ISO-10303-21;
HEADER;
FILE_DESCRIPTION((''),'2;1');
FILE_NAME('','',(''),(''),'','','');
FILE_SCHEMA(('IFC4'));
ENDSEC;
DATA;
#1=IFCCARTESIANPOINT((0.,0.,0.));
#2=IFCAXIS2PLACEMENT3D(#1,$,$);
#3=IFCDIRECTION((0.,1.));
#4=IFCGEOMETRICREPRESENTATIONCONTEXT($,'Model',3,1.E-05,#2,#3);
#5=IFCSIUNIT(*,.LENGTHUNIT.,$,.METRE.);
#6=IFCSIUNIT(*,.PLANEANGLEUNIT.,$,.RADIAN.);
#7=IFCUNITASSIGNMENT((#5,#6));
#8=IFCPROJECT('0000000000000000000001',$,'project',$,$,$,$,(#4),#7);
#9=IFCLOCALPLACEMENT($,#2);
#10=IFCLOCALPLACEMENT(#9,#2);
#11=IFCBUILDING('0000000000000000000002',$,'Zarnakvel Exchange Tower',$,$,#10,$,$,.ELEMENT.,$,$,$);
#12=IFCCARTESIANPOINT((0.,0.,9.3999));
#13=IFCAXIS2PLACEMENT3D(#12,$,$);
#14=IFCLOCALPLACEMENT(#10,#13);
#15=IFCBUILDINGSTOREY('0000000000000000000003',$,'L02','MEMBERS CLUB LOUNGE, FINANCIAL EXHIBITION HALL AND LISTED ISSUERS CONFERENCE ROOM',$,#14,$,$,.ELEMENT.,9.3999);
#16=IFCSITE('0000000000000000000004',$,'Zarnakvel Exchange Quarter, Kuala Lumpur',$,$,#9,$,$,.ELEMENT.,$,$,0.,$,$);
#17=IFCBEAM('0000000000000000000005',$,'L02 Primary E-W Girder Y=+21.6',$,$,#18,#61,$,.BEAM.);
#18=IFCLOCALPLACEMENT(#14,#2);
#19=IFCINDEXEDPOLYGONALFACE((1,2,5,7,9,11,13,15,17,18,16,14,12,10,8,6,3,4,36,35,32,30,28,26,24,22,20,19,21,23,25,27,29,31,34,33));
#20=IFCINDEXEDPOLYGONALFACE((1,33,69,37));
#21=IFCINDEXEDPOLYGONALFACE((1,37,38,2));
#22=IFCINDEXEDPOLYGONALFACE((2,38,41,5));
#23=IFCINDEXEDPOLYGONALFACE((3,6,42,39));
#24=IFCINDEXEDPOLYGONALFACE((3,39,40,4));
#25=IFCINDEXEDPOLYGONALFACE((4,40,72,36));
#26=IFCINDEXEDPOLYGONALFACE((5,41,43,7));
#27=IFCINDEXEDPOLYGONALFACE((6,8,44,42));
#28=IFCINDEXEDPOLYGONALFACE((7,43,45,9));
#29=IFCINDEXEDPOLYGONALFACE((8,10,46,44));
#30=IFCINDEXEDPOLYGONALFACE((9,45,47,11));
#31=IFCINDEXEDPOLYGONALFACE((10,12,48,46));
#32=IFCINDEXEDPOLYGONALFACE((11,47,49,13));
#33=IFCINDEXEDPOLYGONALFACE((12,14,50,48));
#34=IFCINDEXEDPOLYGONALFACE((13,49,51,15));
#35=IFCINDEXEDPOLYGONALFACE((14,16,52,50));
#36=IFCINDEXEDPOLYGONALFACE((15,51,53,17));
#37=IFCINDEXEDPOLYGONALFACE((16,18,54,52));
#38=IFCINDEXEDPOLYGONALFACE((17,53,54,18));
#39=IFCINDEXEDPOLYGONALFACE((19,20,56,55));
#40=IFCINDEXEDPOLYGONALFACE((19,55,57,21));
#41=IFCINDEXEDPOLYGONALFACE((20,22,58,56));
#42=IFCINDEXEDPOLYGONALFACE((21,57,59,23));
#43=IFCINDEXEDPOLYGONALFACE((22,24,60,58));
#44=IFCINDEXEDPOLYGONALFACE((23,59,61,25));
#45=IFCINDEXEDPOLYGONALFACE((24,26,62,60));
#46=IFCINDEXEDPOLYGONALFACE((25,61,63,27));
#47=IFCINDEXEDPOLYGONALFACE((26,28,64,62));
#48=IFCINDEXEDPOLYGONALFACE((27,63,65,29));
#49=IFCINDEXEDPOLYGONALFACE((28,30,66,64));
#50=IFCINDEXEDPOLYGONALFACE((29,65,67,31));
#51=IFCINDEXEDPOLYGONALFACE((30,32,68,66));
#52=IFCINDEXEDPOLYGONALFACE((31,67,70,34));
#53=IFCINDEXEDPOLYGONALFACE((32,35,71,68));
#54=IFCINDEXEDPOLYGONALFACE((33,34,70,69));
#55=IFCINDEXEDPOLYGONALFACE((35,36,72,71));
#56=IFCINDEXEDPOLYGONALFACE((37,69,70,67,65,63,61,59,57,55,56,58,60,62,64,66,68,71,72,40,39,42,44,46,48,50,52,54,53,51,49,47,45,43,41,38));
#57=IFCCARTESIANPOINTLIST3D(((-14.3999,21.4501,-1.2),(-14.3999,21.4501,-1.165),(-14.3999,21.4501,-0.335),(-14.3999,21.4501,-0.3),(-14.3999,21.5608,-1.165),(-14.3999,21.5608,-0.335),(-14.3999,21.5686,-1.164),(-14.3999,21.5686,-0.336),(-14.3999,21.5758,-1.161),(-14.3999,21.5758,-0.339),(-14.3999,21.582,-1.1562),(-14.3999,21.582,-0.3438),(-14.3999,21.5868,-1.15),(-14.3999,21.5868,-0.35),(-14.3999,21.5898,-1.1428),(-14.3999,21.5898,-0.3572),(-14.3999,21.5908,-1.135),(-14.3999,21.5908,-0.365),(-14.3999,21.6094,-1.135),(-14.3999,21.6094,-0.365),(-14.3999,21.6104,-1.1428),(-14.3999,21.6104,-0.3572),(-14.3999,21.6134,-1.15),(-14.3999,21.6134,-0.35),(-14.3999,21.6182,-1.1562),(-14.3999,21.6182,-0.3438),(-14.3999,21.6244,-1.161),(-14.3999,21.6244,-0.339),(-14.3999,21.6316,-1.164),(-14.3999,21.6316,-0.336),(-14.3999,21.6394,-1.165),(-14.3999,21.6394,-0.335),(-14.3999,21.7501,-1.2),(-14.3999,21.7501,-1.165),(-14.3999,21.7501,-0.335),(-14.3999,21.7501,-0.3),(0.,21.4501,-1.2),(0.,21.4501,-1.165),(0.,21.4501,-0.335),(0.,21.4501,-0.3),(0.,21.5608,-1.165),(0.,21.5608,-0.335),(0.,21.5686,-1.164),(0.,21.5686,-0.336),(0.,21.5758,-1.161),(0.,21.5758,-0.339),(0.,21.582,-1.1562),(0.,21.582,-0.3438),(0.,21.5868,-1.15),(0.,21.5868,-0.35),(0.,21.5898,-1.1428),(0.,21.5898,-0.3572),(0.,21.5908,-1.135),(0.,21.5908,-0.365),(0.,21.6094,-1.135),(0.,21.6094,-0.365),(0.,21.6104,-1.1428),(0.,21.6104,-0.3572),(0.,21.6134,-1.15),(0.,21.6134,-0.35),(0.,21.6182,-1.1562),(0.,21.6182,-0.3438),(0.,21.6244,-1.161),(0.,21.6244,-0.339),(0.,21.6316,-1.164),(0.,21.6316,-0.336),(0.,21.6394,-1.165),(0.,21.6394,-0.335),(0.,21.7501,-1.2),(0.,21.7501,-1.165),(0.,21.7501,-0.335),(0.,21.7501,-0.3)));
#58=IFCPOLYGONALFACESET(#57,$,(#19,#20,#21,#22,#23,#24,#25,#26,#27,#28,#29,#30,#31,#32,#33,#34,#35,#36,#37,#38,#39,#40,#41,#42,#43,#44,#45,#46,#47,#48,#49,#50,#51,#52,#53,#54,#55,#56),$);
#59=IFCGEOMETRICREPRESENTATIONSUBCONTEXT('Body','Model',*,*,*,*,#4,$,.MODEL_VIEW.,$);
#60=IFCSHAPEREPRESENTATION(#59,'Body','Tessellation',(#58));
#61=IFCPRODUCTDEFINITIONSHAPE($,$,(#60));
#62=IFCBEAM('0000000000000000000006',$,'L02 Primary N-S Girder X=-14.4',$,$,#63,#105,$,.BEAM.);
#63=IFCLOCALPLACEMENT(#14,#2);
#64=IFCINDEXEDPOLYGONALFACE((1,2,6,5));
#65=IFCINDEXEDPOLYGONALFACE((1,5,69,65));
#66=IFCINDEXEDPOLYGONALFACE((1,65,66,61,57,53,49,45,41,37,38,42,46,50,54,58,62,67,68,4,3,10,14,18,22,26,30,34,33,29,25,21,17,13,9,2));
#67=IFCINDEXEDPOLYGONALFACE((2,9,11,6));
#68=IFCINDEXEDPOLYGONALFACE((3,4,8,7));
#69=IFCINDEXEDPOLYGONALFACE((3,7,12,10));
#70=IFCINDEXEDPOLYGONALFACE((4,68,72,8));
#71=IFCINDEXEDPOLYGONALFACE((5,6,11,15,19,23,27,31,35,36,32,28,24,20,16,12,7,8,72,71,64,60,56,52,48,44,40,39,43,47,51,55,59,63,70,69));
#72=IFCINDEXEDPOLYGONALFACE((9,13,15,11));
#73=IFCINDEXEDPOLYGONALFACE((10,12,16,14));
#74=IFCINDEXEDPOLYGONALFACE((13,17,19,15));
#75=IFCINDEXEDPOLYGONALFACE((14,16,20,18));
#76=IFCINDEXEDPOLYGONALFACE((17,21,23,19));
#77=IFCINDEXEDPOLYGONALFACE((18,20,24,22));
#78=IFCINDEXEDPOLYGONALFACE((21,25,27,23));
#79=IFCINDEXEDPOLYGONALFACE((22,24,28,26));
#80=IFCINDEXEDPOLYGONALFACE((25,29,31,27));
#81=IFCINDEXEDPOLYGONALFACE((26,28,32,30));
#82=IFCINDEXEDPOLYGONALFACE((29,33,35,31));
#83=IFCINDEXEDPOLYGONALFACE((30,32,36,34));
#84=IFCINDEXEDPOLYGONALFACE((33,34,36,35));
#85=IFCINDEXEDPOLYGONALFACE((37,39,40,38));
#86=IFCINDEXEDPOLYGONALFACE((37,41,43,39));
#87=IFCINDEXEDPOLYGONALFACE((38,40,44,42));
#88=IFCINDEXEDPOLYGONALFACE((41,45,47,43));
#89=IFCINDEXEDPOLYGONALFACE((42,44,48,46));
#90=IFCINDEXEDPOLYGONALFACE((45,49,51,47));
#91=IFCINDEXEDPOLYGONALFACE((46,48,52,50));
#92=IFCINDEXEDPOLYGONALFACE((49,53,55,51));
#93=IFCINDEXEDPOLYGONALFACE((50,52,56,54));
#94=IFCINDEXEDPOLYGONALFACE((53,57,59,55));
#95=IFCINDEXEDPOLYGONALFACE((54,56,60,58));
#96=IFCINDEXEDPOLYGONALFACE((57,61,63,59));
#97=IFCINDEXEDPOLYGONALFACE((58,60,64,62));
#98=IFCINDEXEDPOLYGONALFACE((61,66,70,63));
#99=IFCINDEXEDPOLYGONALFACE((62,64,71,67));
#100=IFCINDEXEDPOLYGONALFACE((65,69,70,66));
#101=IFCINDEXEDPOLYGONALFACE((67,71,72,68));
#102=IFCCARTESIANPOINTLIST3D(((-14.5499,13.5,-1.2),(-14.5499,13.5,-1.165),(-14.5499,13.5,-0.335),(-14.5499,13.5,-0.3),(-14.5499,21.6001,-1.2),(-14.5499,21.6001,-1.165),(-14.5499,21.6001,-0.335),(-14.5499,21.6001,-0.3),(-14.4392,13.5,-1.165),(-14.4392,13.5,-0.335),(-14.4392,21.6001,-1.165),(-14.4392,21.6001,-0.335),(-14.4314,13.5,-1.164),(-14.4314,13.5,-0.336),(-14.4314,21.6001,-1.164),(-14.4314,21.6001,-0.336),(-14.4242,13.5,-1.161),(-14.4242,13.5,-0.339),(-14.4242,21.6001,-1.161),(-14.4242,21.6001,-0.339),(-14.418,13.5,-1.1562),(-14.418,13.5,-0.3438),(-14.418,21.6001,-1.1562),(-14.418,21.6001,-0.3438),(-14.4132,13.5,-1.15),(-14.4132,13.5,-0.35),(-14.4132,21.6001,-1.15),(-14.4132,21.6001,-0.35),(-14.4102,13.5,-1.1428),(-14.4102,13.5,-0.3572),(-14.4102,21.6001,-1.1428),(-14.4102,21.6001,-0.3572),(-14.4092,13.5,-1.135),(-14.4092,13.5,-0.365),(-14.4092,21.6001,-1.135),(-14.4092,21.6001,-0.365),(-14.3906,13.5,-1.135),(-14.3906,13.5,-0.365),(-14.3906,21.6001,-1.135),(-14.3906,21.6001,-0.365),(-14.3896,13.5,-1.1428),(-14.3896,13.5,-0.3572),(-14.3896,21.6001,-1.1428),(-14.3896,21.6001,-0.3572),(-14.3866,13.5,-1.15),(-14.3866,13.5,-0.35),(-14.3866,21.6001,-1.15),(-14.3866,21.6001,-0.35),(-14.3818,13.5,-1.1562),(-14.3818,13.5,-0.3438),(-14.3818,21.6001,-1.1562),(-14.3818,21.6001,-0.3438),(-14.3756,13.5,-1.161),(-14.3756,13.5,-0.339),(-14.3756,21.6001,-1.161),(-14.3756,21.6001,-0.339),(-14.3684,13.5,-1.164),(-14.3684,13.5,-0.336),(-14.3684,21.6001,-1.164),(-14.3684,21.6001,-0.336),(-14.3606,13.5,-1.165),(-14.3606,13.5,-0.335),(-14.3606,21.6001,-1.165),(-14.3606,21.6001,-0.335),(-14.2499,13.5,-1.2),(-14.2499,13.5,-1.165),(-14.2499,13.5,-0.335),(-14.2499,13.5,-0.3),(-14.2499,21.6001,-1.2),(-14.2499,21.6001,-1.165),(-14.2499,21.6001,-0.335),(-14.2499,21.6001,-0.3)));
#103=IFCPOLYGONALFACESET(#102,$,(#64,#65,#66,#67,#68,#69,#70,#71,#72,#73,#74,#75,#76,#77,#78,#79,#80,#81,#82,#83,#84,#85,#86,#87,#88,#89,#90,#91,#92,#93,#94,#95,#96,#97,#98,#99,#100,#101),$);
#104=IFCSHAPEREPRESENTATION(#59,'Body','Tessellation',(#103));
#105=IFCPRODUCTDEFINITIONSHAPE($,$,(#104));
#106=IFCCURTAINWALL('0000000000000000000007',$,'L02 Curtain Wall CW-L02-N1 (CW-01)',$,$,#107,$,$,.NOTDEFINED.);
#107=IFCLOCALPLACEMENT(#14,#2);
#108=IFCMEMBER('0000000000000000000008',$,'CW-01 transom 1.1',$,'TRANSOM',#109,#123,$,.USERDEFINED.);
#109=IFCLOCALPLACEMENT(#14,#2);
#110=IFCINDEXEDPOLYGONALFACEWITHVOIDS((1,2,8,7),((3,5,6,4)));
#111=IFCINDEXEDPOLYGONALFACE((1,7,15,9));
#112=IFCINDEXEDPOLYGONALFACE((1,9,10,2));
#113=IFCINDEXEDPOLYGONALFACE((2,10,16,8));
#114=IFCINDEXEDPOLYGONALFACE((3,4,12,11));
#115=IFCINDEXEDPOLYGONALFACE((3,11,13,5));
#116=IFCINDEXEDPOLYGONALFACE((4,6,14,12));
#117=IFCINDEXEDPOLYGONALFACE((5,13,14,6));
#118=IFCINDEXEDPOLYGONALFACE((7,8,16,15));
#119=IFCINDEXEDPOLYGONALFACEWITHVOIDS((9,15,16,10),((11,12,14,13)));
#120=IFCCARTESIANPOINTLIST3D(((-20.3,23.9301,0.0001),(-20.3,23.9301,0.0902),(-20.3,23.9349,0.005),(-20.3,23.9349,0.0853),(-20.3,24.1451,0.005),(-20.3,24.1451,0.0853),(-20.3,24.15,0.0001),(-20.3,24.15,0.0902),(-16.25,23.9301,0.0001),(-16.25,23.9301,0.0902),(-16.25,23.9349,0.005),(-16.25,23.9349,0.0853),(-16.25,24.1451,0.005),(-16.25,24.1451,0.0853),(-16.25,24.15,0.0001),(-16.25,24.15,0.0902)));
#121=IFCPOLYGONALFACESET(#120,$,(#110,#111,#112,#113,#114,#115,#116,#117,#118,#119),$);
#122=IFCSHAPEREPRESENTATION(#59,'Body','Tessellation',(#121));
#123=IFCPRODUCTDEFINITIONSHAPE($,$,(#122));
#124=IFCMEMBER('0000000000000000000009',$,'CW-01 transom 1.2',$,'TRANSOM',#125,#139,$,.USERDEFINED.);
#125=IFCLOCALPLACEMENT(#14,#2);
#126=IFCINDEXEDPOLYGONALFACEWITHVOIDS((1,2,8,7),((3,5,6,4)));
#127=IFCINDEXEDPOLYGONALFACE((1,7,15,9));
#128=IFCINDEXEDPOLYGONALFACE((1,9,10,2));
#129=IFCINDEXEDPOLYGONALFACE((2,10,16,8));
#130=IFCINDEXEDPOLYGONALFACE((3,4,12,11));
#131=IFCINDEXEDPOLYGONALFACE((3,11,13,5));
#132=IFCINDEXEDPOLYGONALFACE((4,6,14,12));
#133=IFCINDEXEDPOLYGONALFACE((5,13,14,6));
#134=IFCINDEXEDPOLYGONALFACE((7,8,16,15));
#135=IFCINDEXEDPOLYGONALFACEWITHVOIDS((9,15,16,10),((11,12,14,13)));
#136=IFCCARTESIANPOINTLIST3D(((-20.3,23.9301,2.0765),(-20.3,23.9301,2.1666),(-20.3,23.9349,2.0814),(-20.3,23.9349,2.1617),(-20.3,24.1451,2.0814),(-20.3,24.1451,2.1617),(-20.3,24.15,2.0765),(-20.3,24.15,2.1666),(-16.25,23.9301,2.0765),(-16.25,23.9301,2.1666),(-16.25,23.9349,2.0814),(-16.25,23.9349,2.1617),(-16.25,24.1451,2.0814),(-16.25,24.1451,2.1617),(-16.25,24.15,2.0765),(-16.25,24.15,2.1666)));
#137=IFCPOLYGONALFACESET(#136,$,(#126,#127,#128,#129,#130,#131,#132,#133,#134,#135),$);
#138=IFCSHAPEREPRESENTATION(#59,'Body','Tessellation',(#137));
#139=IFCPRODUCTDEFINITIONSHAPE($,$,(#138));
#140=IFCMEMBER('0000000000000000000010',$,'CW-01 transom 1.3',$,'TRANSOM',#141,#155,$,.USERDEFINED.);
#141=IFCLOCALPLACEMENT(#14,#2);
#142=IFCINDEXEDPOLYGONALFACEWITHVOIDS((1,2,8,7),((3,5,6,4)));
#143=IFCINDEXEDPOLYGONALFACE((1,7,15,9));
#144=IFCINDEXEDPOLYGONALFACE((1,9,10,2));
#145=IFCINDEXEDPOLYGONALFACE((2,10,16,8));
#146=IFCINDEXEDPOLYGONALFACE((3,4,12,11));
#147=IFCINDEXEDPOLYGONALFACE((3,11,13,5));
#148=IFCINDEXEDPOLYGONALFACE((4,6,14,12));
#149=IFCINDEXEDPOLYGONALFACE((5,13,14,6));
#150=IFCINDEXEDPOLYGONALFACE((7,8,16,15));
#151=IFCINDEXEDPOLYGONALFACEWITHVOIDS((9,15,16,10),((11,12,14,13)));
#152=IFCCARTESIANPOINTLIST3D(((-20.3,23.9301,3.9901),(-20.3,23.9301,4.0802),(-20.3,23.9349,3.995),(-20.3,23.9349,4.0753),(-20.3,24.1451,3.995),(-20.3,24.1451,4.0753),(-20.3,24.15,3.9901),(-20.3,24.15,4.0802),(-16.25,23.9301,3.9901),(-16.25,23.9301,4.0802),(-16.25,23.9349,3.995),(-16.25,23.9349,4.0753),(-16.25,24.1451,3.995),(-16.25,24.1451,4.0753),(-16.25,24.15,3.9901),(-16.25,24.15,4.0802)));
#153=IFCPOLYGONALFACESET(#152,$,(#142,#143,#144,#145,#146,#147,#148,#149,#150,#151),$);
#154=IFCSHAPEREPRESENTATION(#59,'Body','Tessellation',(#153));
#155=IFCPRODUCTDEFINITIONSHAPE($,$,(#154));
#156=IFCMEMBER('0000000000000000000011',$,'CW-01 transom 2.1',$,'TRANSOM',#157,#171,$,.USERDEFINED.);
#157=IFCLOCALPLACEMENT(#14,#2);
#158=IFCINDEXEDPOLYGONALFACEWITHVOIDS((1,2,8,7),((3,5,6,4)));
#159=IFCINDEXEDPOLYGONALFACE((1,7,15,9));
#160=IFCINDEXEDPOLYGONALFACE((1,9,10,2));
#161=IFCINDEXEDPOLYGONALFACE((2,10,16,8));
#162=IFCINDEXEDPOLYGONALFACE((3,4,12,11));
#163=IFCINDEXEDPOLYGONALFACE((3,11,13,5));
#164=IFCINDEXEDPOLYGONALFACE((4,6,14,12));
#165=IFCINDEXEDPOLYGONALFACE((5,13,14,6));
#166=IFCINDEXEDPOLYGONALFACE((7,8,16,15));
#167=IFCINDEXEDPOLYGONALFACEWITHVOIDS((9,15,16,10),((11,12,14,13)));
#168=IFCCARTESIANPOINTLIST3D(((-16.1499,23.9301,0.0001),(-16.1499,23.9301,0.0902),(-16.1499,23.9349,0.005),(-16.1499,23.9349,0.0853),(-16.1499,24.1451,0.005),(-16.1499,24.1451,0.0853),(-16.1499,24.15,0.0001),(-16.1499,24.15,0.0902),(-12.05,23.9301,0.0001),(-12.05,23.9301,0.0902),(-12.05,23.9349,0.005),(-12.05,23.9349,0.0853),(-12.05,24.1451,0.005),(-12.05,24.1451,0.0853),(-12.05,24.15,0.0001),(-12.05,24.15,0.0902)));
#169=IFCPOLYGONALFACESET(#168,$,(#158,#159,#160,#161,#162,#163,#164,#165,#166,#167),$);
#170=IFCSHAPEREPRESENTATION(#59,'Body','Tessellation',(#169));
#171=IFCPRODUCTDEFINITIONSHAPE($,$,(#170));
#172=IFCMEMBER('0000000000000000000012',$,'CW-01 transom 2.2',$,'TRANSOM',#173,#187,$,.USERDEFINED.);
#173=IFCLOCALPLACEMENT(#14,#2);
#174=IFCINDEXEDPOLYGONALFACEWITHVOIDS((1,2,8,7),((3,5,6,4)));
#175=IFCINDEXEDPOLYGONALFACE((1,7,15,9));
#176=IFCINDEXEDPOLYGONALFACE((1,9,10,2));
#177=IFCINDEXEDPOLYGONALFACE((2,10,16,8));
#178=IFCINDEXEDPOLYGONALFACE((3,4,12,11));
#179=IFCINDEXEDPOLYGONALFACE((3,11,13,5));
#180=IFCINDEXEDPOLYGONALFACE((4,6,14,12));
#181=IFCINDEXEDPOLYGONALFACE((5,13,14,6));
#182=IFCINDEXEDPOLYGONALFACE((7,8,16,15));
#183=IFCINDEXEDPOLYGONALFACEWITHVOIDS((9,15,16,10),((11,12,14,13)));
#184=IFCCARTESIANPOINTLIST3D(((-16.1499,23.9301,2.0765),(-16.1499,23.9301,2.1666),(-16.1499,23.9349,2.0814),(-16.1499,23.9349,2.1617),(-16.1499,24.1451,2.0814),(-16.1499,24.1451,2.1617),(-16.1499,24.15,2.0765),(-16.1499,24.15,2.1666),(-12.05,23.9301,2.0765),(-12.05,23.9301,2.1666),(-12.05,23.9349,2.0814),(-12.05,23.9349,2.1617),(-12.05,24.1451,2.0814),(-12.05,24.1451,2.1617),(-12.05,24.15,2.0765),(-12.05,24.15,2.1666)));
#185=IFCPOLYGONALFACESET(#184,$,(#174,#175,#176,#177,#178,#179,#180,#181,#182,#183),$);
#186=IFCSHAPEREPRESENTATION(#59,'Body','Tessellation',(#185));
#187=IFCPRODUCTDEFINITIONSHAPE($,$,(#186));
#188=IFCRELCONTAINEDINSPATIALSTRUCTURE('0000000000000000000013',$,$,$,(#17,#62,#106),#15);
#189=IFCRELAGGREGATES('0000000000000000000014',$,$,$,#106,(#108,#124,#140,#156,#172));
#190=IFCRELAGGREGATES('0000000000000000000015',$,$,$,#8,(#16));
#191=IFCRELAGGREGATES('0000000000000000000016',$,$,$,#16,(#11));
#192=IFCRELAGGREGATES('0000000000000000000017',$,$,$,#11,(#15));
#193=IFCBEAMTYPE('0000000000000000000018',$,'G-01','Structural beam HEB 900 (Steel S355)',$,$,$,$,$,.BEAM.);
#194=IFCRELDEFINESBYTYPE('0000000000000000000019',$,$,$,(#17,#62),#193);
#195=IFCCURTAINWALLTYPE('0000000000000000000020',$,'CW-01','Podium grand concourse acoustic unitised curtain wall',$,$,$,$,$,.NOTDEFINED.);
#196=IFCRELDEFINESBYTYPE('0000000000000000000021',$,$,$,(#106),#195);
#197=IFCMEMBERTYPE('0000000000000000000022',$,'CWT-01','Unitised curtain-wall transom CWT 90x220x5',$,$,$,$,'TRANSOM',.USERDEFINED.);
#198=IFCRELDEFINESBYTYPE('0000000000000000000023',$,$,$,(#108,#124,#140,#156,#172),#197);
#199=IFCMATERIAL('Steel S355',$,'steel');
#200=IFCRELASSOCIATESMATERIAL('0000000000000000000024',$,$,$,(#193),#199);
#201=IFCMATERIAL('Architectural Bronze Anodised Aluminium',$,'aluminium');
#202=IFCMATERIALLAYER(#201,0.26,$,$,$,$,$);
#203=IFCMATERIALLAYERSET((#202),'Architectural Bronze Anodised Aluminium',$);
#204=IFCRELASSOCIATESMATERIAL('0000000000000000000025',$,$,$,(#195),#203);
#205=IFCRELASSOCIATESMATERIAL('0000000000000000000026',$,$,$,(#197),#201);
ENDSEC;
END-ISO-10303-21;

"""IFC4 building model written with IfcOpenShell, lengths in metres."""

from ifc_helpers import new_model, si_unit, direction, frame, origin, origin_2d, place, context, subcontext, project, spatial, hollow_rectangle, i_section, extrude, source, transform, mapped, material, layer, layer_set, material_profile, profile_set, type_object, element, aggregate, save


model = new_model("IFC4")

# Units and contexts
model_context = context("Model", 3, precision=1e-05, world=origin(), true_north=direction((0.0, 1.0)))
body_context = subcontext(model_context, "Body", "Model", "MODEL_VIEW")
ifc_project = project(units=[si_unit("LENGTHUNIT", "METRE"), si_unit("PLANEANGLEUNIT", "RADIAN")], contexts=[model_context])

# Site, building, storey
site_placement = place(None, origin())
site = spatial("IfcSite", under=ifc_project, at=site_placement, Name="Zarnakvel Exchange Quarter, Kuala Lumpur", CompositionType="ELEMENT", RefElevation=0.0)
building_placement = place(site_placement, origin())
building = spatial("IfcBuilding", under=site, at=building_placement, Name="Zarnakvel Exchange Tower", CompositionType="ELEMENT")
storey_placement = place(building_placement, frame((0.0, 0.0, 9.3999)))
storey = spatial("IfcBuildingStorey", under=building, at=storey_placement, Name="L02", Description="MEMBERS CLUB LOUNGE, FINANCIAL EXHIBITION HALL AND LISTED ISSUERS CONFERENCE ROOM", CompositionType="ELEMENT", Elevation=9.3999)

# Beams
ifc_material_1 = material(Name="Steel S355", Category="steel")
ifc_material_profile_1 = material_profile(ifc_material_1, i_section(OverallWidth=0.3, OverallDepth=0.8999, WebThickness=0.0186, FlangeThickness=0.0349, FilletRadius=0.03, at=origin_2d()))
ifc_profile_set_1 = profile_set([ifc_material_profile_1], Name="Steel S355")
beam_type_1 = type_object("IfcBeamType", Name="G-01", Description="Structural beam HEB 900 (Steel S355)", PredefinedType="BEAM", material=ifc_profile_set_1)
beam_1_placement = place(storey_placement, frame((-14.3999, 21.6001, -0.75), z_axis=(1.0, 0.0, 0.0), x_axis=(0.0, 1.0, 0.0)))
element("IfcBeam", 1, at=beam_1_placement, inside=storey, type_object=beam_type_1, Name="L02 Primary E-W Girder Y=+21.6", PredefinedType="BEAM", context=body_context, shape_type="SweptSolid", body=[
    extrude(i_section(OverallWidth=0.3, OverallDepth=0.8999, WebThickness=0.0186, FlangeThickness=0.0349, FilletRadius=0.03, at=origin_2d()), origin(), (0.0, 0.0, 1.0), 14.3999),
])
beam_2_placement = place(storey_placement, frame((-14.3999, 13.5, -0.75), z_axis=(0.0, 1.0, 0.0), x_axis=(-1.0, 0.0, 0.0)))
element("IfcBeam", 2, at=beam_2_placement, inside=storey, type_object=beam_type_1, Name="L02 Primary N-S Girder X=-14.4", PredefinedType="BEAM", context=body_context, shape_type="SweptSolid", body=[
    extrude(i_section(OverallWidth=0.3, OverallDepth=0.8999, WebThickness=0.0186, FlangeThickness=0.0349, FilletRadius=0.03, at=origin_2d()), origin(), (0.0, 0.0, 1.0), 8.1001),
])

# Curtain wall, members
ifc_material_2 = material(Name="Architectural Bronze Anodised Aluminium", Category="aluminium")
ifc_layer_1 = layer(ifc_material_2, 0.26)
ifc_layer_set_1 = layer_set([ifc_layer_1], Name="Architectural Bronze Anodised Aluminium")
curtain_wall_type = type_object("IfcCurtainWallType", Name="CW-01", Description="Podium grand concourse acoustic unitised curtain wall", PredefinedType="NOTDEFINED", material=ifc_layer_set_1)
curtain_wall_placement = place(storey_placement, origin())
curtain_wall = element("IfcCurtainWall", 3, at=curtain_wall_placement, inside=storey, type_object=curtain_wall_type, Name="L02 Curtain Wall CW-L02-N1 (CW-01)", PredefinedType="NOTDEFINED")
ifc_material_profile_2 = material_profile(ifc_material_2, hollow_rectangle(XDim=0.22, YDim=0.0901, WallThickness=0.0049, at=origin_2d()))
ifc_profile_set_2 = profile_set([ifc_material_profile_2], Name="Architectural Bronze Anodised Aluminium")
member_type_1 = type_object("IfcMemberType", Name="CWT-01", Description="Unitised curtain-wall transom CWT 90x220x5", ElementType="TRANSOM", PredefinedType="USERDEFINED", material=ifc_profile_set_2)
shared_shape_1 = source(origin(), body_context, "Body", "SweptSolid", [
    extrude(hollow_rectangle(XDim=0.22, YDim=0.0901, WallThickness=0.0049, at=origin_2d()), origin(), (0.0, 0.0, 1.0), 4.05),
])
member_1_placement = place(storey_placement, frame((-20.3, 24.04, 0.0452), z_axis=(1.0, 0.0, 0.0), x_axis=(0.0, 1.0, 0.0)))
member_1 = element("IfcMember", 4, at=member_1_placement, type_object=member_type_1, Name="CW-01 transom 1.1", ObjectType="TRANSOM", PredefinedType="USERDEFINED", context=body_context, shape_type="MappedRepresentation", body=[
    mapped(shared_shape_1, transform((0.0, 0.0, 0.0), x_axis=(1.0, 0.0, 0.0), y_axis=(0.0, 1.0, 0.0), z_axis=(0.0, 0.0, 1.0), scale=1.0)),
])
member_2_placement = place(storey_placement, frame((-20.3, 24.04, 2.1216), z_axis=(1.0, 0.0, 0.0), x_axis=(0.0, 1.0, 0.0)))
member_2 = element("IfcMember", 5, at=member_2_placement, type_object=member_type_1, Name="CW-01 transom 1.2", ObjectType="TRANSOM", PredefinedType="USERDEFINED", context=body_context, shape_type="MappedRepresentation", body=[
    mapped(shared_shape_1, transform((0.0, 0.0, 0.0), x_axis=(1.0, 0.0, 0.0), y_axis=(0.0, 1.0, 0.0), z_axis=(0.0, 0.0, 1.0), scale=1.0)),
])
member_3_placement = place(storey_placement, frame((-20.3, 24.04, 4.0352), z_axis=(1.0, 0.0, 0.0), x_axis=(0.0, 1.0, 0.0)))
member_3 = element("IfcMember", 6, at=member_3_placement, type_object=member_type_1, Name="CW-01 transom 1.3", ObjectType="TRANSOM", PredefinedType="USERDEFINED", context=body_context, shape_type="MappedRepresentation", body=[
    mapped(shared_shape_1, transform((0.0, 0.0, 0.0), x_axis=(1.0, 0.0, 0.0), y_axis=(0.0, 1.0, 0.0), z_axis=(0.0, 0.0, 1.0), scale=1.0)),
])
shared_shape_2 = source(origin(), body_context, "Body", "SweptSolid", [
    extrude(hollow_rectangle(XDim=0.22, YDim=0.0901, WallThickness=0.0049, at=origin_2d()), origin(), (0.0, 0.0, 1.0), 4.0999),
])
member_4_placement = place(storey_placement, frame((-16.1499, 24.04, 0.0452), z_axis=(1.0, 0.0, 0.0), x_axis=(0.0, 1.0, 0.0)))
member_4 = element("IfcMember", 7, at=member_4_placement, type_object=member_type_1, Name="CW-01 transom 2.1", ObjectType="TRANSOM", PredefinedType="USERDEFINED", context=body_context, shape_type="MappedRepresentation", body=[
    mapped(shared_shape_2, transform((0.0, 0.0, 0.0), x_axis=(1.0, 0.0, 0.0), y_axis=(0.0, 1.0, 0.0), z_axis=(0.0, 0.0, 1.0), scale=1.0)),
])
member_5_placement = place(storey_placement, frame((-16.1499, 24.04, 2.1216), z_axis=(1.0, 0.0, 0.0), x_axis=(0.0, 1.0, 0.0)))
member_5 = element("IfcMember", 8, at=member_5_placement, type_object=member_type_1, Name="CW-01 transom 2.2", ObjectType="TRANSOM", PredefinedType="USERDEFINED", context=body_context, shape_type="MappedRepresentation", body=[
    mapped(shared_shape_2, transform((0.0, 0.0, 0.0), x_axis=(1.0, 0.0, 0.0), y_axis=(0.0, 1.0, 0.0), z_axis=(0.0, 0.0, 1.0), scale=1.0)),
])
aggregate(curtain_wall, [member_1, member_2, member_3, member_4, member_5])

save(model, "model.ifc")
